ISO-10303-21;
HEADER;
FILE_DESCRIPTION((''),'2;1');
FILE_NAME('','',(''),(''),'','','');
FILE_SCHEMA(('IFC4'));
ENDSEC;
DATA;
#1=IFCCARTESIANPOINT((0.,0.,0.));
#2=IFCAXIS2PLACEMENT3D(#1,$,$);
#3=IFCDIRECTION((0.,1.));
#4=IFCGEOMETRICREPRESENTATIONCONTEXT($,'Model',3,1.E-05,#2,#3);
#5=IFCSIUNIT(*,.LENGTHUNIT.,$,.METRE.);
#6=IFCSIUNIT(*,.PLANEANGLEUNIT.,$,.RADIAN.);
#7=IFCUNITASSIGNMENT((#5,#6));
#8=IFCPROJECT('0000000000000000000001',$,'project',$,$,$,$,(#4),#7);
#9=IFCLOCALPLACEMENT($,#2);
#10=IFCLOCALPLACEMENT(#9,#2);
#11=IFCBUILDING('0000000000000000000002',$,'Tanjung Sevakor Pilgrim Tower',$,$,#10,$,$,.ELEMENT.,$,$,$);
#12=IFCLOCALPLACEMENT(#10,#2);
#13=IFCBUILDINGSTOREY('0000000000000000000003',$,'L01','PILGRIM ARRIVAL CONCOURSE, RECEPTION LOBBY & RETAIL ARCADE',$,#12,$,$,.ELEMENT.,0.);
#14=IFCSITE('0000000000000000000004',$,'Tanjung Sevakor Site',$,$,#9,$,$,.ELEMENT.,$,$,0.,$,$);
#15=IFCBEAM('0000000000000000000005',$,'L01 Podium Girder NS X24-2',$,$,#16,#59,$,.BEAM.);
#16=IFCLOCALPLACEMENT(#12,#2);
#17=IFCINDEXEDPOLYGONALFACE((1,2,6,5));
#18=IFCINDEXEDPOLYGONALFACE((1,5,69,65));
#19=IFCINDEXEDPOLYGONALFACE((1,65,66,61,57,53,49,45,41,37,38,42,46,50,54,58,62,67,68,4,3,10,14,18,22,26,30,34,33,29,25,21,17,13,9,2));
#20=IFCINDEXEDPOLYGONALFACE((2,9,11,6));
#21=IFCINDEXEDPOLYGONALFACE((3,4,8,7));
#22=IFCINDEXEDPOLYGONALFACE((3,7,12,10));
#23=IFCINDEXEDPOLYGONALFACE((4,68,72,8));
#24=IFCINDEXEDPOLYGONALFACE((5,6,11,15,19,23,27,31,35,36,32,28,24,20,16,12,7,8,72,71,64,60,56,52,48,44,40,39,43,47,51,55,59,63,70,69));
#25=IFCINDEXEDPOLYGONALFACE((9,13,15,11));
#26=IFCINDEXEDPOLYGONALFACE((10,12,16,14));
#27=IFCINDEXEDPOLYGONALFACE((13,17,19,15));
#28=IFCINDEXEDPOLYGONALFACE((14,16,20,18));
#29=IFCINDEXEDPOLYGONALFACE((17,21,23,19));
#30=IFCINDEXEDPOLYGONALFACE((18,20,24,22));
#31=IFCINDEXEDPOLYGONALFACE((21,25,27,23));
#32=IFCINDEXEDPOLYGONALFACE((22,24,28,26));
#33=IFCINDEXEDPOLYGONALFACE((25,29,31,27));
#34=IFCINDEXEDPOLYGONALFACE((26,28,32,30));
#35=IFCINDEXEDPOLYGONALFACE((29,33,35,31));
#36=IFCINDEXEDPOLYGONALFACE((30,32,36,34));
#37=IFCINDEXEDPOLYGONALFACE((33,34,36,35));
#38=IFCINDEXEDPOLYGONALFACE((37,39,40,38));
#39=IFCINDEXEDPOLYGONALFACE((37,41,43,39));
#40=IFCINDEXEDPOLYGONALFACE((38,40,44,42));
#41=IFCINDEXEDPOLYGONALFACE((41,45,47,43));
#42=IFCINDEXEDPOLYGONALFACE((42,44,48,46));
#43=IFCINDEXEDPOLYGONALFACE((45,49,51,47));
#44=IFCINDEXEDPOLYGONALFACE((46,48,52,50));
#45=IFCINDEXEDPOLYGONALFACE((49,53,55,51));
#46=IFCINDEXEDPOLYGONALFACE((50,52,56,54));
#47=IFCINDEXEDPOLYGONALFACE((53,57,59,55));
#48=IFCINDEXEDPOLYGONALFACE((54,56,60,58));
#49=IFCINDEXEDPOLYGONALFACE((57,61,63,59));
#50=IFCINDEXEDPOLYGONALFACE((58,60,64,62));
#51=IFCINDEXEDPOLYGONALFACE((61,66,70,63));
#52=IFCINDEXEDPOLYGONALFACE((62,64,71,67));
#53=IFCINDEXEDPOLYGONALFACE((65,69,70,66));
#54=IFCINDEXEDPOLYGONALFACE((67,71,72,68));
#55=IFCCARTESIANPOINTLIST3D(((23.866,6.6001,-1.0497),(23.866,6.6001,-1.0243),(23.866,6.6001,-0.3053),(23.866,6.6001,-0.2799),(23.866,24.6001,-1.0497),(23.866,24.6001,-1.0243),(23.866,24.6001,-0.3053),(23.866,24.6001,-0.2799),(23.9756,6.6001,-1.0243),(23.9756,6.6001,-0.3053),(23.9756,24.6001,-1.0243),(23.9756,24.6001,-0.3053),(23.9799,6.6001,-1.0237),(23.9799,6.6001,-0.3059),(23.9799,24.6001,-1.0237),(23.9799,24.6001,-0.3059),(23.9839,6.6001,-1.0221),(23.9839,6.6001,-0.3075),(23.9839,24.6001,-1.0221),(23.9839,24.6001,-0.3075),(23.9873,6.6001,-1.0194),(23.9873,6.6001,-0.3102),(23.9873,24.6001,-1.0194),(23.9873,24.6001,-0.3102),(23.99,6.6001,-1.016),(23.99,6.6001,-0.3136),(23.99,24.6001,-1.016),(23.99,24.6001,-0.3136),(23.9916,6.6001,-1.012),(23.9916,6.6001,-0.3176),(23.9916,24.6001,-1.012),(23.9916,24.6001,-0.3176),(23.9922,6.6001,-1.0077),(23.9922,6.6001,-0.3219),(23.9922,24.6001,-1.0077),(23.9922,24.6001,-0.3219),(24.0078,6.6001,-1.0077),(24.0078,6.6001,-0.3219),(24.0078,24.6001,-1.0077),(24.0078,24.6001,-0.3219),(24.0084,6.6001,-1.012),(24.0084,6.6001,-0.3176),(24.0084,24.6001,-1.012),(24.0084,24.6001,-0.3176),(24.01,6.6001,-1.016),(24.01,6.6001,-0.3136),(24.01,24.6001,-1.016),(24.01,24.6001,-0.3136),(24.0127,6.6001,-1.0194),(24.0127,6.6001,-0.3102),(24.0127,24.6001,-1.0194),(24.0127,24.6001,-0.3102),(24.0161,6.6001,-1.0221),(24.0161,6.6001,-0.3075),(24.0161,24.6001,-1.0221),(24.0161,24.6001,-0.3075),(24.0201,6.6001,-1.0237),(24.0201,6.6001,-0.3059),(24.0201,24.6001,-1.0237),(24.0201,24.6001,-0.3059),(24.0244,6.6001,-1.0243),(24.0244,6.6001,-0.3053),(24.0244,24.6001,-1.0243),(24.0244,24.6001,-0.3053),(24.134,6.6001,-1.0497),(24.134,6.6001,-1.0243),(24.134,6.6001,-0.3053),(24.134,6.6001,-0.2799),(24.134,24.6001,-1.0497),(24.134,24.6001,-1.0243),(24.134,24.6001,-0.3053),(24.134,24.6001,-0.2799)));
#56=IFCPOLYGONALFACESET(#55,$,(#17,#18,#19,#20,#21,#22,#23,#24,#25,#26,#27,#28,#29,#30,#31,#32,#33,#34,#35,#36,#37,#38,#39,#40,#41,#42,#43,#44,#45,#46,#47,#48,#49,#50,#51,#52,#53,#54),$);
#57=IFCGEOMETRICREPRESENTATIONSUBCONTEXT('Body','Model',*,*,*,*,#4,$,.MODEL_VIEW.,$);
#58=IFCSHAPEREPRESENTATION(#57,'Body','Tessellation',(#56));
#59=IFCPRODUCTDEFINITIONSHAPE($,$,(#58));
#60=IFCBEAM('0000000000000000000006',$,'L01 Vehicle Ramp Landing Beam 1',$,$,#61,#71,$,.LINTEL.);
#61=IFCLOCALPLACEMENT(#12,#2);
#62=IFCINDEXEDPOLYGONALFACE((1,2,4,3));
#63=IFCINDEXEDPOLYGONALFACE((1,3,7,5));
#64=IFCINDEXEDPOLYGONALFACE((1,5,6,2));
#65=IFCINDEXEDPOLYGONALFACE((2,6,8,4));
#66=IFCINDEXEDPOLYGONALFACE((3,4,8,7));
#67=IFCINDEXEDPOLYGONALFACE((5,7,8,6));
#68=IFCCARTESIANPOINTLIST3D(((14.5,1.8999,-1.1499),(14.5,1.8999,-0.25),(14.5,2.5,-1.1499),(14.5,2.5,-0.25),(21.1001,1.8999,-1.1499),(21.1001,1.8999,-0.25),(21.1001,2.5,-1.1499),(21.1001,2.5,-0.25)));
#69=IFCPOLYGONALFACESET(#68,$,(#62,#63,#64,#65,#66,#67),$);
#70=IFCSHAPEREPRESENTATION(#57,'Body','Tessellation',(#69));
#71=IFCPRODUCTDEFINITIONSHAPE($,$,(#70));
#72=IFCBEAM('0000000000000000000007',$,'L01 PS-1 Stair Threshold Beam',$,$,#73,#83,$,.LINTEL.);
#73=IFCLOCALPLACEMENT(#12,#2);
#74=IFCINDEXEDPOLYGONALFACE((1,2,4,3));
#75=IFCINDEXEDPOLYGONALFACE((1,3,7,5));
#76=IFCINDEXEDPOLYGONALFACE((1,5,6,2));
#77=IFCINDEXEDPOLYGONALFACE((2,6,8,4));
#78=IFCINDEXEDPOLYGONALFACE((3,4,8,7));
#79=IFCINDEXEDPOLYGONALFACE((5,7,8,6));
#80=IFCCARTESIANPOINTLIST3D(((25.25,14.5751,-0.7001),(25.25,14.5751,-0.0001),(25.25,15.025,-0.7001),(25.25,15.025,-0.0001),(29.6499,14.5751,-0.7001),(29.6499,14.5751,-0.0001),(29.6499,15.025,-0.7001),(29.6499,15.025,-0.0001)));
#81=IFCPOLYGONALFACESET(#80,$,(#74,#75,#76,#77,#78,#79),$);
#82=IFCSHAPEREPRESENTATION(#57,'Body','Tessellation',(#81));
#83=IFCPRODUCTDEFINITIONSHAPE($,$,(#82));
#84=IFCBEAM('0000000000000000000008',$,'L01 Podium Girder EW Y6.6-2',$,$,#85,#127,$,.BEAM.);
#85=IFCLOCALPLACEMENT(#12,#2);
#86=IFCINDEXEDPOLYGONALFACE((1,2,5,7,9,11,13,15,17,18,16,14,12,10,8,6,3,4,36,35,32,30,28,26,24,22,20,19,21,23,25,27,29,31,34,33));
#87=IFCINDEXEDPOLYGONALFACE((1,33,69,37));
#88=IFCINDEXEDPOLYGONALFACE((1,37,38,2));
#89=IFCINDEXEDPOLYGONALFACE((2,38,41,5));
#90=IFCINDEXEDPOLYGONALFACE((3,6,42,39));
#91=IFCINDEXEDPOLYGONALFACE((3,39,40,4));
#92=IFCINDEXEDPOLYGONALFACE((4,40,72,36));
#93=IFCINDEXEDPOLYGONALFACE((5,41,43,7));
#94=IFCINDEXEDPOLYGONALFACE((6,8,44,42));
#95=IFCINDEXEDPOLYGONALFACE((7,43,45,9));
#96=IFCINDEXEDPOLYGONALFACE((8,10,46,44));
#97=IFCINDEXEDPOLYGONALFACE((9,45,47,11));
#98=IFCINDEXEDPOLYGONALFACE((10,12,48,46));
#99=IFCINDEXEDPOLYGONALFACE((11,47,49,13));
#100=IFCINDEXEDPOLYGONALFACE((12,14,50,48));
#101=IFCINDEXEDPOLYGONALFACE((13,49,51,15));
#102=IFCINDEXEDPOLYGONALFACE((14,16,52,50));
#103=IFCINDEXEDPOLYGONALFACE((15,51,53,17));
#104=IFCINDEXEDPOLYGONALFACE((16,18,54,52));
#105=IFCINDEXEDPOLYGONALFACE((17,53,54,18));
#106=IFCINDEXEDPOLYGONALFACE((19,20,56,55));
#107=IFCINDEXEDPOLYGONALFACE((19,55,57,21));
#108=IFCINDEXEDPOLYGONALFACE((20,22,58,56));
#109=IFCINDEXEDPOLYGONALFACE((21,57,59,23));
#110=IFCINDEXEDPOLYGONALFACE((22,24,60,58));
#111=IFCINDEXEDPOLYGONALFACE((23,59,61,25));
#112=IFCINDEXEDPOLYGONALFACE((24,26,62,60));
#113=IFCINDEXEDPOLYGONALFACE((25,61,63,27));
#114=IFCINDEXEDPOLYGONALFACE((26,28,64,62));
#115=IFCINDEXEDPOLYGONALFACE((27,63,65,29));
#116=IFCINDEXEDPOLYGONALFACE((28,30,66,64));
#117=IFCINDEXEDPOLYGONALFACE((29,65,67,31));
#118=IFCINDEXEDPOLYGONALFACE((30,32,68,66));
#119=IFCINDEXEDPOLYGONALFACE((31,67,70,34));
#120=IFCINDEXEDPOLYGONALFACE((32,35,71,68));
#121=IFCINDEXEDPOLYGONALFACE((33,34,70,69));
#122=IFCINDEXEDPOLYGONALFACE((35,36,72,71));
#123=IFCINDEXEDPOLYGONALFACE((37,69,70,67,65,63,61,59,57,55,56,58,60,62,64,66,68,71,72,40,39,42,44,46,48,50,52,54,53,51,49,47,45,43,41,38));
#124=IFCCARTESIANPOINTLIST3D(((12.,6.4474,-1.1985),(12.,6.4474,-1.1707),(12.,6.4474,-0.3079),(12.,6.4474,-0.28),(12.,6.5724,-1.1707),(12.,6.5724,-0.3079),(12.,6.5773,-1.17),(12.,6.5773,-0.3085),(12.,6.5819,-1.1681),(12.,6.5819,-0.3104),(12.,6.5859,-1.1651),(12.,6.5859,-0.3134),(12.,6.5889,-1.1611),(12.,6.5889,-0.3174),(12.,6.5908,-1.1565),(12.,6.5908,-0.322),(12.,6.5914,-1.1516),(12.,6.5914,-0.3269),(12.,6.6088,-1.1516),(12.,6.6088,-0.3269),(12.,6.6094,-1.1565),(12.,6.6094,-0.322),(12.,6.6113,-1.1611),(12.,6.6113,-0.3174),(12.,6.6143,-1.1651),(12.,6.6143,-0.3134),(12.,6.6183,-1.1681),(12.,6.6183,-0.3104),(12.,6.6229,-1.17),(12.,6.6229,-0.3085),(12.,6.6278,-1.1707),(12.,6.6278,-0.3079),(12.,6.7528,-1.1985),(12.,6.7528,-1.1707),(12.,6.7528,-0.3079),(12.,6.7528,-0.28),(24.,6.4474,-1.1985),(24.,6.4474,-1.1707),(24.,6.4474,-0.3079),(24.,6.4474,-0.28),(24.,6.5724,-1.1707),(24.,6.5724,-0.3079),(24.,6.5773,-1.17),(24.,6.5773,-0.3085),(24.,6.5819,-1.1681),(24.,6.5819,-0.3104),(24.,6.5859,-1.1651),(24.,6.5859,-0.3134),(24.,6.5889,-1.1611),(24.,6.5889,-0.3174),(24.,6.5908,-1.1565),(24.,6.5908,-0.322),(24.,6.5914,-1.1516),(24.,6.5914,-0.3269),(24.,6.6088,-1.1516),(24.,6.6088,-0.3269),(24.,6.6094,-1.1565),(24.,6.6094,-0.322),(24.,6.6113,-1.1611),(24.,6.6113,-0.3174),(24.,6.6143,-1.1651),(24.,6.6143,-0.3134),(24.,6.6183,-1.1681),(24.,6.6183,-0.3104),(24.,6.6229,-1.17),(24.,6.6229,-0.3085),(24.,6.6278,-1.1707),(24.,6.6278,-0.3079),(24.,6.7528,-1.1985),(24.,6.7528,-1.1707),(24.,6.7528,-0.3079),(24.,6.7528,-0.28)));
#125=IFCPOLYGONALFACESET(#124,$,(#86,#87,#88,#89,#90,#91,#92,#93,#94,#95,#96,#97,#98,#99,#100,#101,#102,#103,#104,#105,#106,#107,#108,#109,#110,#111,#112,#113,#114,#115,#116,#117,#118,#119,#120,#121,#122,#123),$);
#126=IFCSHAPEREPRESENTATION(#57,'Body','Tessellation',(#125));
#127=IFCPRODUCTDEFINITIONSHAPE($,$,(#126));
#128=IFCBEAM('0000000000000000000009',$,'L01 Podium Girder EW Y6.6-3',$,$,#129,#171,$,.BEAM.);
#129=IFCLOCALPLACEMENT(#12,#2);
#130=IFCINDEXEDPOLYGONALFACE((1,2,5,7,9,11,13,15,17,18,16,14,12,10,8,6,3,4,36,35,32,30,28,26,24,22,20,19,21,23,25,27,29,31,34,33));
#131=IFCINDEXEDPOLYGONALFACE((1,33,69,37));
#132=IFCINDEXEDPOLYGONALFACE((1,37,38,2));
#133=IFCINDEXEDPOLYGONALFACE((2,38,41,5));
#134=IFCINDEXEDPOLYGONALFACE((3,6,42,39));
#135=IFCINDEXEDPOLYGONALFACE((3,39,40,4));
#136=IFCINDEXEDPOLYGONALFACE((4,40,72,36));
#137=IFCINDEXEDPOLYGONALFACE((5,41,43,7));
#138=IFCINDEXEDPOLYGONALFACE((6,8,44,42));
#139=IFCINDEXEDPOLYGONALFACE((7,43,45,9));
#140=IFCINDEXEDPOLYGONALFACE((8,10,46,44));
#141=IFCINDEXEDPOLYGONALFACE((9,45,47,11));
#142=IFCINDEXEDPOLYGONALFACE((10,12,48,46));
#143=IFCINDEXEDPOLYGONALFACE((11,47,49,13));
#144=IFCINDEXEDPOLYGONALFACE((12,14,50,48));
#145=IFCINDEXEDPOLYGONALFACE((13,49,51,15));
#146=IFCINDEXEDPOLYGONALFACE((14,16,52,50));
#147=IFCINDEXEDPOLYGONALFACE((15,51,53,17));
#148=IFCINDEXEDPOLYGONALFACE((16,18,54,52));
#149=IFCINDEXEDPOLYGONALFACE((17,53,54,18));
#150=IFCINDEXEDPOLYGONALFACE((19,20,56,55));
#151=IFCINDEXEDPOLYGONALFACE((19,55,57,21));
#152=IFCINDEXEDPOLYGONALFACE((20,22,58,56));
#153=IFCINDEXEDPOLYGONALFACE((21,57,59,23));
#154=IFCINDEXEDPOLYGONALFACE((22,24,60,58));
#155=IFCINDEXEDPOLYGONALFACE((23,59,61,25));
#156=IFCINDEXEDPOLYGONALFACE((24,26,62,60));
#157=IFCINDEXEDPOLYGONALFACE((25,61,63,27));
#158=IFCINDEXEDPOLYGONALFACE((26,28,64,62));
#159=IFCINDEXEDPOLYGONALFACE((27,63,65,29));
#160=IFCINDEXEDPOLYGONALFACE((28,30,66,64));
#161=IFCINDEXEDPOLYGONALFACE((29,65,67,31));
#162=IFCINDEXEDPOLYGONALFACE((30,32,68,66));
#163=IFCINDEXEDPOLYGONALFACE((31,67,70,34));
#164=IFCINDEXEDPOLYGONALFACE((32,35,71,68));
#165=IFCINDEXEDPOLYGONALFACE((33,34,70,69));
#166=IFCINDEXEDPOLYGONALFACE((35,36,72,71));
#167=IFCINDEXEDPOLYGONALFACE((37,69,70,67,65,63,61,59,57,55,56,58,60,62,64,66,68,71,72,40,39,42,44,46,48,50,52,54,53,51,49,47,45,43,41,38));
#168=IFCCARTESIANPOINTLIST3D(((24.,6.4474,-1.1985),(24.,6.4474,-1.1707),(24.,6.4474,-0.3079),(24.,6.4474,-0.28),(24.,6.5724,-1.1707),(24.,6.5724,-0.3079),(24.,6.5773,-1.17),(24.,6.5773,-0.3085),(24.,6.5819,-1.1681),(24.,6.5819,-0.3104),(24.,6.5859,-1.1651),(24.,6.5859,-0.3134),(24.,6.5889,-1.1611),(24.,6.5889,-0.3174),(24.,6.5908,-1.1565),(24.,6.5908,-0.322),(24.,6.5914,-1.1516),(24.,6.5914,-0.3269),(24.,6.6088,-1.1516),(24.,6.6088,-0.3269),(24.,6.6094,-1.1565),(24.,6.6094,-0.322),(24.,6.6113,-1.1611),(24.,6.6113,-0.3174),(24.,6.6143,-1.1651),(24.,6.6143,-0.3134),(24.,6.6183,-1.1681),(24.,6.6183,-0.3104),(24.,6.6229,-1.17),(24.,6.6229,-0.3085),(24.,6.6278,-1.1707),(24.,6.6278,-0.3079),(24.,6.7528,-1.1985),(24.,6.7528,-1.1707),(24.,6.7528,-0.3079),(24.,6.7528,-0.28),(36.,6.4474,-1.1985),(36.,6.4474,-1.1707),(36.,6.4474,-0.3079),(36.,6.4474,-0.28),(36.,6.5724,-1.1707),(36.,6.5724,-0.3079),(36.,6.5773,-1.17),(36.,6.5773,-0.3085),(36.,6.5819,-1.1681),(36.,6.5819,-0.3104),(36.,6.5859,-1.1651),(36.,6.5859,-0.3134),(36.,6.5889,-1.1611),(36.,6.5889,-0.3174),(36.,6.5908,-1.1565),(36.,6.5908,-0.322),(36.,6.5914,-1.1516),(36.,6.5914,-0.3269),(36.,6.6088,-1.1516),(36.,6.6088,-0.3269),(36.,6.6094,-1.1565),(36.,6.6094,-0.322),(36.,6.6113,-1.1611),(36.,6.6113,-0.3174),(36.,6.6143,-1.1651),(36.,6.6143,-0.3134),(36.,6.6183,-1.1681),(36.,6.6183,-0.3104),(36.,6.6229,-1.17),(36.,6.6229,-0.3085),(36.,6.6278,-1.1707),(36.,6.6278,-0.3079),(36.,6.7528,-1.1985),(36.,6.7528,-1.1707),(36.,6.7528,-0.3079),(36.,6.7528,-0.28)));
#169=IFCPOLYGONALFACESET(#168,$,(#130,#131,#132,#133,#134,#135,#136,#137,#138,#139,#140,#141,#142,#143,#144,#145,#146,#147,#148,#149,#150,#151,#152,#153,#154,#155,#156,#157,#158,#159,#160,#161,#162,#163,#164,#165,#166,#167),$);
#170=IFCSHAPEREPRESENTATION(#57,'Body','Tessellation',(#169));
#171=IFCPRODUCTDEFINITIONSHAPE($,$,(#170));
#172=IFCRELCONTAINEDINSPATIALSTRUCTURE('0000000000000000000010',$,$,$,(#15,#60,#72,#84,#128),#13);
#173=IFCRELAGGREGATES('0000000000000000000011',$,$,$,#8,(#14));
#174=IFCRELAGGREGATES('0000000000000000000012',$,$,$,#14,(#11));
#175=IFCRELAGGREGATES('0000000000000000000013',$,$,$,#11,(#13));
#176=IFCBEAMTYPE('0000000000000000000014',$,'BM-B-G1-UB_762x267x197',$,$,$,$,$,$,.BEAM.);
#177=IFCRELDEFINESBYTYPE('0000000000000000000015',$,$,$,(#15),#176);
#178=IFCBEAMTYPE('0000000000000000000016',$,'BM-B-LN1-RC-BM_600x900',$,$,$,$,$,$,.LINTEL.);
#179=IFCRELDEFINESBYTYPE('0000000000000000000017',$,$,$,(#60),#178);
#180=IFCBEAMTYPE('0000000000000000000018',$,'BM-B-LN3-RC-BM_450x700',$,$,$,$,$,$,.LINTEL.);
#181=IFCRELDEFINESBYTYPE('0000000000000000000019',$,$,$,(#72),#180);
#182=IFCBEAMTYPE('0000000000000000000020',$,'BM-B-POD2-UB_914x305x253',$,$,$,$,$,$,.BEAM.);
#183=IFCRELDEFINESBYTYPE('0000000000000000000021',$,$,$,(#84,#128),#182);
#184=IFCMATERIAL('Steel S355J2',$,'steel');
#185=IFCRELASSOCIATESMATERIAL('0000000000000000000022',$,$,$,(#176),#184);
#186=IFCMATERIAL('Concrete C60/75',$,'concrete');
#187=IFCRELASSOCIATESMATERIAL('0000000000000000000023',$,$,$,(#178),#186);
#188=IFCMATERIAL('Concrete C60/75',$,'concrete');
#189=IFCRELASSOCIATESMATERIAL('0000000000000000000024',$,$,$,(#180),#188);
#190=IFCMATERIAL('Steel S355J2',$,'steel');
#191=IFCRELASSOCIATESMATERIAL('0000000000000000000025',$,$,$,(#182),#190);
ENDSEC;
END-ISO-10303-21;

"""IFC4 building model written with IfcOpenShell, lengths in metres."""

from ifc_helpers import new_model, si_unit, direction, frame, origin, origin_2d, place, context, subcontext, project, spatial, rectangle, i_section, extrude, material, material_profile, profile_set, type_object, element, save


model = new_model("IFC4")

# Units and contexts
model_context = context("Model", 3, precision=1e-05, world=origin(), true_north=direction((0.0, 1.0)))
body_context = subcontext(model_context, "Body", "Model", "MODEL_VIEW")
ifc_project = project(units=[si_unit("LENGTHUNIT", "METRE"), si_unit("PLANEANGLEUNIT", "RADIAN")], contexts=[model_context])

# Site, building, storey
site_placement = place(None, origin())
site = spatial("IfcSite", under=ifc_project, at=site_placement, Name="Tanjung Sevakor Site", CompositionType="ELEMENT", RefElevation=0.0)
building_placement = place(site_placement, origin())
building = spatial("IfcBuilding", under=site, at=building_placement, Name="Tanjung Sevakor Pilgrim Tower", CompositionType="ELEMENT")
storey_placement = place(building_placement, origin())
storey = spatial("IfcBuildingStorey", under=building, at=storey_placement, Name="L01", Description="PILGRIM ARRIVAL CONCOURSE, RECEPTION LOBBY & RETAIL ARCADE", CompositionType="ELEMENT", Elevation=0.0)

# Beams
ifc_material_1 = material(Name="Steel S355J2", Category="steel")
ifc_material_profile_1 = material_profile(ifc_material_1, i_section(OverallWidth=0.2681, OverallDepth=0.7698, WebThickness=0.0156, FlangeThickness=0.0254, FilletRadius=0.0166, at=origin_2d()))
ifc_profile_set_1 = profile_set([ifc_material_profile_1], Name="Steel S355J2")
beam_type_1 = type_object("IfcBeamType", Name="BM-B-G1-UB_762x267x197", PredefinedType="BEAM", material=ifc_profile_set_1)
for number, where, z_axis, x_axis, name in (
    (1, (24.0, 6.6001, -0.6648), (0.0, 1.0, 0.0), (-1.0, 0.0, 0.0), "L01 Podium Girder NS X24-2"),
):
    element("IfcBeam", number, at=place(storey_placement, frame(where, z_axis=z_axis, x_axis=x_axis)), inside=storey, type_object=beam_type_1, Name=name, PredefinedType="BEAM", context=body_context, shape_type="SweptSolid", body=[
        extrude(i_section(OverallWidth=0.2681, OverallDepth=0.7698, WebThickness=0.0156, FlangeThickness=0.0254, FilletRadius=0.0166, at=origin_2d()), origin(), (0.0, 0.0, 1.0), 18.0),
    ])
ifc_material_2 = material(Name="Concrete C60/75", Category="concrete")
ifc_material_profile_2 = material_profile(ifc_material_2, rectangle(XDim=0.6001, YDim=0.8999, at=origin_2d()))
ifc_profile_set_2 = profile_set([ifc_material_profile_2], Name="Concrete C60/75")
beam_type_2 = type_object("IfcBeamType", Name="BM-B-LN1-RC-BM_600x900", PredefinedType="LINTEL", material=ifc_profile_set_2)
beam_1_placement = place(storey_placement, frame((14.5, 2.2, -0.7), z_axis=(1.0, 0.0, 0.0), x_axis=(0.0, 1.0, 0.0)))
element("IfcBeam", 2, at=beam_1_placement, inside=storey, type_object=beam_type_2, Name="L01 Vehicle Ramp Landing Beam 1", PredefinedType="LINTEL", context=body_context, shape_type="SweptSolid", body=[
    extrude(rectangle(XDim=0.6001, YDim=0.8999, at=origin_2d()), origin(), (0.0, 0.0, 1.0), 6.6001),
])
ifc_material_3 = material(Name="Concrete C60/75", Category="concrete")
ifc_material_profile_3 = material_profile(ifc_material_3, rectangle(XDim=0.45, YDim=0.7, at=origin_2d()))
ifc_profile_set_3 = profile_set([ifc_material_profile_3], Name="Concrete C60/75")
beam_type_3 = type_object("IfcBeamType", Name="BM-B-LN3-RC-BM_450x700", PredefinedType="LINTEL", material=ifc_profile_set_3)
beam_2_placement = place(storey_placement, frame((25.25, 14.8, -0.3501), z_axis=(1.0, 0.0, 0.0), x_axis=(0.0, 1.0, 0.0)))
element("IfcBeam", 3, at=beam_2_placement, inside=storey, type_object=beam_type_3, Name="L01 PS-1 Stair Threshold Beam", PredefinedType="LINTEL", context=body_context, shape_type="SweptSolid", body=[
    extrude(rectangle(XDim=0.45, YDim=0.7, at=origin_2d()), origin(), (0.0, 0.0, 1.0), 4.3999),
])
ifc_material_4 = material(Name="Steel S355J2", Category="steel")
ifc_material_profile_4 = material_profile(ifc_material_4, i_section(OverallWidth=0.3054, OverallDepth=0.9185, WebThickness=0.0173, FlangeThickness=0.0278, FilletRadius=0.019, at=origin_2d()))
ifc_profile_set_4 = profile_set([ifc_material_profile_4], Name="Steel S355J2")
beam_type_4 = type_object("IfcBeamType", Name="BM-B-POD2-UB_914x305x253", PredefinedType="BEAM", material=ifc_profile_set_4)
for number, where, z_axis, x_axis, name in (
    (4, (12.0, 6.6001, -0.7393), (1.0, 0.0, 0.0), (0.0, 1.0, 0.0), "L01 Podium Girder EW Y6.6-2"),
    (5, (24.0, 6.6001, -0.7393), (1.0, 0.0, 0.0), (0.0, 1.0, 0.0), "L01 Podium Girder EW Y6.6-3"),
):
    element("IfcBeam", number, at=place(storey_placement, frame(where, z_axis=z_axis, x_axis=x_axis)), inside=storey, type_object=beam_type_4, Name=name, PredefinedType="BEAM", context=body_context, shape_type="SweptSolid", body=[
        extrude(i_section(OverallWidth=0.3054, OverallDepth=0.9185, WebThickness=0.0173, FlangeThickness=0.0278, FilletRadius=0.019, at=origin_2d()), origin(), (0.0, 0.0, 1.0), 12.0),
    ])

save(model, "model.ifc")
